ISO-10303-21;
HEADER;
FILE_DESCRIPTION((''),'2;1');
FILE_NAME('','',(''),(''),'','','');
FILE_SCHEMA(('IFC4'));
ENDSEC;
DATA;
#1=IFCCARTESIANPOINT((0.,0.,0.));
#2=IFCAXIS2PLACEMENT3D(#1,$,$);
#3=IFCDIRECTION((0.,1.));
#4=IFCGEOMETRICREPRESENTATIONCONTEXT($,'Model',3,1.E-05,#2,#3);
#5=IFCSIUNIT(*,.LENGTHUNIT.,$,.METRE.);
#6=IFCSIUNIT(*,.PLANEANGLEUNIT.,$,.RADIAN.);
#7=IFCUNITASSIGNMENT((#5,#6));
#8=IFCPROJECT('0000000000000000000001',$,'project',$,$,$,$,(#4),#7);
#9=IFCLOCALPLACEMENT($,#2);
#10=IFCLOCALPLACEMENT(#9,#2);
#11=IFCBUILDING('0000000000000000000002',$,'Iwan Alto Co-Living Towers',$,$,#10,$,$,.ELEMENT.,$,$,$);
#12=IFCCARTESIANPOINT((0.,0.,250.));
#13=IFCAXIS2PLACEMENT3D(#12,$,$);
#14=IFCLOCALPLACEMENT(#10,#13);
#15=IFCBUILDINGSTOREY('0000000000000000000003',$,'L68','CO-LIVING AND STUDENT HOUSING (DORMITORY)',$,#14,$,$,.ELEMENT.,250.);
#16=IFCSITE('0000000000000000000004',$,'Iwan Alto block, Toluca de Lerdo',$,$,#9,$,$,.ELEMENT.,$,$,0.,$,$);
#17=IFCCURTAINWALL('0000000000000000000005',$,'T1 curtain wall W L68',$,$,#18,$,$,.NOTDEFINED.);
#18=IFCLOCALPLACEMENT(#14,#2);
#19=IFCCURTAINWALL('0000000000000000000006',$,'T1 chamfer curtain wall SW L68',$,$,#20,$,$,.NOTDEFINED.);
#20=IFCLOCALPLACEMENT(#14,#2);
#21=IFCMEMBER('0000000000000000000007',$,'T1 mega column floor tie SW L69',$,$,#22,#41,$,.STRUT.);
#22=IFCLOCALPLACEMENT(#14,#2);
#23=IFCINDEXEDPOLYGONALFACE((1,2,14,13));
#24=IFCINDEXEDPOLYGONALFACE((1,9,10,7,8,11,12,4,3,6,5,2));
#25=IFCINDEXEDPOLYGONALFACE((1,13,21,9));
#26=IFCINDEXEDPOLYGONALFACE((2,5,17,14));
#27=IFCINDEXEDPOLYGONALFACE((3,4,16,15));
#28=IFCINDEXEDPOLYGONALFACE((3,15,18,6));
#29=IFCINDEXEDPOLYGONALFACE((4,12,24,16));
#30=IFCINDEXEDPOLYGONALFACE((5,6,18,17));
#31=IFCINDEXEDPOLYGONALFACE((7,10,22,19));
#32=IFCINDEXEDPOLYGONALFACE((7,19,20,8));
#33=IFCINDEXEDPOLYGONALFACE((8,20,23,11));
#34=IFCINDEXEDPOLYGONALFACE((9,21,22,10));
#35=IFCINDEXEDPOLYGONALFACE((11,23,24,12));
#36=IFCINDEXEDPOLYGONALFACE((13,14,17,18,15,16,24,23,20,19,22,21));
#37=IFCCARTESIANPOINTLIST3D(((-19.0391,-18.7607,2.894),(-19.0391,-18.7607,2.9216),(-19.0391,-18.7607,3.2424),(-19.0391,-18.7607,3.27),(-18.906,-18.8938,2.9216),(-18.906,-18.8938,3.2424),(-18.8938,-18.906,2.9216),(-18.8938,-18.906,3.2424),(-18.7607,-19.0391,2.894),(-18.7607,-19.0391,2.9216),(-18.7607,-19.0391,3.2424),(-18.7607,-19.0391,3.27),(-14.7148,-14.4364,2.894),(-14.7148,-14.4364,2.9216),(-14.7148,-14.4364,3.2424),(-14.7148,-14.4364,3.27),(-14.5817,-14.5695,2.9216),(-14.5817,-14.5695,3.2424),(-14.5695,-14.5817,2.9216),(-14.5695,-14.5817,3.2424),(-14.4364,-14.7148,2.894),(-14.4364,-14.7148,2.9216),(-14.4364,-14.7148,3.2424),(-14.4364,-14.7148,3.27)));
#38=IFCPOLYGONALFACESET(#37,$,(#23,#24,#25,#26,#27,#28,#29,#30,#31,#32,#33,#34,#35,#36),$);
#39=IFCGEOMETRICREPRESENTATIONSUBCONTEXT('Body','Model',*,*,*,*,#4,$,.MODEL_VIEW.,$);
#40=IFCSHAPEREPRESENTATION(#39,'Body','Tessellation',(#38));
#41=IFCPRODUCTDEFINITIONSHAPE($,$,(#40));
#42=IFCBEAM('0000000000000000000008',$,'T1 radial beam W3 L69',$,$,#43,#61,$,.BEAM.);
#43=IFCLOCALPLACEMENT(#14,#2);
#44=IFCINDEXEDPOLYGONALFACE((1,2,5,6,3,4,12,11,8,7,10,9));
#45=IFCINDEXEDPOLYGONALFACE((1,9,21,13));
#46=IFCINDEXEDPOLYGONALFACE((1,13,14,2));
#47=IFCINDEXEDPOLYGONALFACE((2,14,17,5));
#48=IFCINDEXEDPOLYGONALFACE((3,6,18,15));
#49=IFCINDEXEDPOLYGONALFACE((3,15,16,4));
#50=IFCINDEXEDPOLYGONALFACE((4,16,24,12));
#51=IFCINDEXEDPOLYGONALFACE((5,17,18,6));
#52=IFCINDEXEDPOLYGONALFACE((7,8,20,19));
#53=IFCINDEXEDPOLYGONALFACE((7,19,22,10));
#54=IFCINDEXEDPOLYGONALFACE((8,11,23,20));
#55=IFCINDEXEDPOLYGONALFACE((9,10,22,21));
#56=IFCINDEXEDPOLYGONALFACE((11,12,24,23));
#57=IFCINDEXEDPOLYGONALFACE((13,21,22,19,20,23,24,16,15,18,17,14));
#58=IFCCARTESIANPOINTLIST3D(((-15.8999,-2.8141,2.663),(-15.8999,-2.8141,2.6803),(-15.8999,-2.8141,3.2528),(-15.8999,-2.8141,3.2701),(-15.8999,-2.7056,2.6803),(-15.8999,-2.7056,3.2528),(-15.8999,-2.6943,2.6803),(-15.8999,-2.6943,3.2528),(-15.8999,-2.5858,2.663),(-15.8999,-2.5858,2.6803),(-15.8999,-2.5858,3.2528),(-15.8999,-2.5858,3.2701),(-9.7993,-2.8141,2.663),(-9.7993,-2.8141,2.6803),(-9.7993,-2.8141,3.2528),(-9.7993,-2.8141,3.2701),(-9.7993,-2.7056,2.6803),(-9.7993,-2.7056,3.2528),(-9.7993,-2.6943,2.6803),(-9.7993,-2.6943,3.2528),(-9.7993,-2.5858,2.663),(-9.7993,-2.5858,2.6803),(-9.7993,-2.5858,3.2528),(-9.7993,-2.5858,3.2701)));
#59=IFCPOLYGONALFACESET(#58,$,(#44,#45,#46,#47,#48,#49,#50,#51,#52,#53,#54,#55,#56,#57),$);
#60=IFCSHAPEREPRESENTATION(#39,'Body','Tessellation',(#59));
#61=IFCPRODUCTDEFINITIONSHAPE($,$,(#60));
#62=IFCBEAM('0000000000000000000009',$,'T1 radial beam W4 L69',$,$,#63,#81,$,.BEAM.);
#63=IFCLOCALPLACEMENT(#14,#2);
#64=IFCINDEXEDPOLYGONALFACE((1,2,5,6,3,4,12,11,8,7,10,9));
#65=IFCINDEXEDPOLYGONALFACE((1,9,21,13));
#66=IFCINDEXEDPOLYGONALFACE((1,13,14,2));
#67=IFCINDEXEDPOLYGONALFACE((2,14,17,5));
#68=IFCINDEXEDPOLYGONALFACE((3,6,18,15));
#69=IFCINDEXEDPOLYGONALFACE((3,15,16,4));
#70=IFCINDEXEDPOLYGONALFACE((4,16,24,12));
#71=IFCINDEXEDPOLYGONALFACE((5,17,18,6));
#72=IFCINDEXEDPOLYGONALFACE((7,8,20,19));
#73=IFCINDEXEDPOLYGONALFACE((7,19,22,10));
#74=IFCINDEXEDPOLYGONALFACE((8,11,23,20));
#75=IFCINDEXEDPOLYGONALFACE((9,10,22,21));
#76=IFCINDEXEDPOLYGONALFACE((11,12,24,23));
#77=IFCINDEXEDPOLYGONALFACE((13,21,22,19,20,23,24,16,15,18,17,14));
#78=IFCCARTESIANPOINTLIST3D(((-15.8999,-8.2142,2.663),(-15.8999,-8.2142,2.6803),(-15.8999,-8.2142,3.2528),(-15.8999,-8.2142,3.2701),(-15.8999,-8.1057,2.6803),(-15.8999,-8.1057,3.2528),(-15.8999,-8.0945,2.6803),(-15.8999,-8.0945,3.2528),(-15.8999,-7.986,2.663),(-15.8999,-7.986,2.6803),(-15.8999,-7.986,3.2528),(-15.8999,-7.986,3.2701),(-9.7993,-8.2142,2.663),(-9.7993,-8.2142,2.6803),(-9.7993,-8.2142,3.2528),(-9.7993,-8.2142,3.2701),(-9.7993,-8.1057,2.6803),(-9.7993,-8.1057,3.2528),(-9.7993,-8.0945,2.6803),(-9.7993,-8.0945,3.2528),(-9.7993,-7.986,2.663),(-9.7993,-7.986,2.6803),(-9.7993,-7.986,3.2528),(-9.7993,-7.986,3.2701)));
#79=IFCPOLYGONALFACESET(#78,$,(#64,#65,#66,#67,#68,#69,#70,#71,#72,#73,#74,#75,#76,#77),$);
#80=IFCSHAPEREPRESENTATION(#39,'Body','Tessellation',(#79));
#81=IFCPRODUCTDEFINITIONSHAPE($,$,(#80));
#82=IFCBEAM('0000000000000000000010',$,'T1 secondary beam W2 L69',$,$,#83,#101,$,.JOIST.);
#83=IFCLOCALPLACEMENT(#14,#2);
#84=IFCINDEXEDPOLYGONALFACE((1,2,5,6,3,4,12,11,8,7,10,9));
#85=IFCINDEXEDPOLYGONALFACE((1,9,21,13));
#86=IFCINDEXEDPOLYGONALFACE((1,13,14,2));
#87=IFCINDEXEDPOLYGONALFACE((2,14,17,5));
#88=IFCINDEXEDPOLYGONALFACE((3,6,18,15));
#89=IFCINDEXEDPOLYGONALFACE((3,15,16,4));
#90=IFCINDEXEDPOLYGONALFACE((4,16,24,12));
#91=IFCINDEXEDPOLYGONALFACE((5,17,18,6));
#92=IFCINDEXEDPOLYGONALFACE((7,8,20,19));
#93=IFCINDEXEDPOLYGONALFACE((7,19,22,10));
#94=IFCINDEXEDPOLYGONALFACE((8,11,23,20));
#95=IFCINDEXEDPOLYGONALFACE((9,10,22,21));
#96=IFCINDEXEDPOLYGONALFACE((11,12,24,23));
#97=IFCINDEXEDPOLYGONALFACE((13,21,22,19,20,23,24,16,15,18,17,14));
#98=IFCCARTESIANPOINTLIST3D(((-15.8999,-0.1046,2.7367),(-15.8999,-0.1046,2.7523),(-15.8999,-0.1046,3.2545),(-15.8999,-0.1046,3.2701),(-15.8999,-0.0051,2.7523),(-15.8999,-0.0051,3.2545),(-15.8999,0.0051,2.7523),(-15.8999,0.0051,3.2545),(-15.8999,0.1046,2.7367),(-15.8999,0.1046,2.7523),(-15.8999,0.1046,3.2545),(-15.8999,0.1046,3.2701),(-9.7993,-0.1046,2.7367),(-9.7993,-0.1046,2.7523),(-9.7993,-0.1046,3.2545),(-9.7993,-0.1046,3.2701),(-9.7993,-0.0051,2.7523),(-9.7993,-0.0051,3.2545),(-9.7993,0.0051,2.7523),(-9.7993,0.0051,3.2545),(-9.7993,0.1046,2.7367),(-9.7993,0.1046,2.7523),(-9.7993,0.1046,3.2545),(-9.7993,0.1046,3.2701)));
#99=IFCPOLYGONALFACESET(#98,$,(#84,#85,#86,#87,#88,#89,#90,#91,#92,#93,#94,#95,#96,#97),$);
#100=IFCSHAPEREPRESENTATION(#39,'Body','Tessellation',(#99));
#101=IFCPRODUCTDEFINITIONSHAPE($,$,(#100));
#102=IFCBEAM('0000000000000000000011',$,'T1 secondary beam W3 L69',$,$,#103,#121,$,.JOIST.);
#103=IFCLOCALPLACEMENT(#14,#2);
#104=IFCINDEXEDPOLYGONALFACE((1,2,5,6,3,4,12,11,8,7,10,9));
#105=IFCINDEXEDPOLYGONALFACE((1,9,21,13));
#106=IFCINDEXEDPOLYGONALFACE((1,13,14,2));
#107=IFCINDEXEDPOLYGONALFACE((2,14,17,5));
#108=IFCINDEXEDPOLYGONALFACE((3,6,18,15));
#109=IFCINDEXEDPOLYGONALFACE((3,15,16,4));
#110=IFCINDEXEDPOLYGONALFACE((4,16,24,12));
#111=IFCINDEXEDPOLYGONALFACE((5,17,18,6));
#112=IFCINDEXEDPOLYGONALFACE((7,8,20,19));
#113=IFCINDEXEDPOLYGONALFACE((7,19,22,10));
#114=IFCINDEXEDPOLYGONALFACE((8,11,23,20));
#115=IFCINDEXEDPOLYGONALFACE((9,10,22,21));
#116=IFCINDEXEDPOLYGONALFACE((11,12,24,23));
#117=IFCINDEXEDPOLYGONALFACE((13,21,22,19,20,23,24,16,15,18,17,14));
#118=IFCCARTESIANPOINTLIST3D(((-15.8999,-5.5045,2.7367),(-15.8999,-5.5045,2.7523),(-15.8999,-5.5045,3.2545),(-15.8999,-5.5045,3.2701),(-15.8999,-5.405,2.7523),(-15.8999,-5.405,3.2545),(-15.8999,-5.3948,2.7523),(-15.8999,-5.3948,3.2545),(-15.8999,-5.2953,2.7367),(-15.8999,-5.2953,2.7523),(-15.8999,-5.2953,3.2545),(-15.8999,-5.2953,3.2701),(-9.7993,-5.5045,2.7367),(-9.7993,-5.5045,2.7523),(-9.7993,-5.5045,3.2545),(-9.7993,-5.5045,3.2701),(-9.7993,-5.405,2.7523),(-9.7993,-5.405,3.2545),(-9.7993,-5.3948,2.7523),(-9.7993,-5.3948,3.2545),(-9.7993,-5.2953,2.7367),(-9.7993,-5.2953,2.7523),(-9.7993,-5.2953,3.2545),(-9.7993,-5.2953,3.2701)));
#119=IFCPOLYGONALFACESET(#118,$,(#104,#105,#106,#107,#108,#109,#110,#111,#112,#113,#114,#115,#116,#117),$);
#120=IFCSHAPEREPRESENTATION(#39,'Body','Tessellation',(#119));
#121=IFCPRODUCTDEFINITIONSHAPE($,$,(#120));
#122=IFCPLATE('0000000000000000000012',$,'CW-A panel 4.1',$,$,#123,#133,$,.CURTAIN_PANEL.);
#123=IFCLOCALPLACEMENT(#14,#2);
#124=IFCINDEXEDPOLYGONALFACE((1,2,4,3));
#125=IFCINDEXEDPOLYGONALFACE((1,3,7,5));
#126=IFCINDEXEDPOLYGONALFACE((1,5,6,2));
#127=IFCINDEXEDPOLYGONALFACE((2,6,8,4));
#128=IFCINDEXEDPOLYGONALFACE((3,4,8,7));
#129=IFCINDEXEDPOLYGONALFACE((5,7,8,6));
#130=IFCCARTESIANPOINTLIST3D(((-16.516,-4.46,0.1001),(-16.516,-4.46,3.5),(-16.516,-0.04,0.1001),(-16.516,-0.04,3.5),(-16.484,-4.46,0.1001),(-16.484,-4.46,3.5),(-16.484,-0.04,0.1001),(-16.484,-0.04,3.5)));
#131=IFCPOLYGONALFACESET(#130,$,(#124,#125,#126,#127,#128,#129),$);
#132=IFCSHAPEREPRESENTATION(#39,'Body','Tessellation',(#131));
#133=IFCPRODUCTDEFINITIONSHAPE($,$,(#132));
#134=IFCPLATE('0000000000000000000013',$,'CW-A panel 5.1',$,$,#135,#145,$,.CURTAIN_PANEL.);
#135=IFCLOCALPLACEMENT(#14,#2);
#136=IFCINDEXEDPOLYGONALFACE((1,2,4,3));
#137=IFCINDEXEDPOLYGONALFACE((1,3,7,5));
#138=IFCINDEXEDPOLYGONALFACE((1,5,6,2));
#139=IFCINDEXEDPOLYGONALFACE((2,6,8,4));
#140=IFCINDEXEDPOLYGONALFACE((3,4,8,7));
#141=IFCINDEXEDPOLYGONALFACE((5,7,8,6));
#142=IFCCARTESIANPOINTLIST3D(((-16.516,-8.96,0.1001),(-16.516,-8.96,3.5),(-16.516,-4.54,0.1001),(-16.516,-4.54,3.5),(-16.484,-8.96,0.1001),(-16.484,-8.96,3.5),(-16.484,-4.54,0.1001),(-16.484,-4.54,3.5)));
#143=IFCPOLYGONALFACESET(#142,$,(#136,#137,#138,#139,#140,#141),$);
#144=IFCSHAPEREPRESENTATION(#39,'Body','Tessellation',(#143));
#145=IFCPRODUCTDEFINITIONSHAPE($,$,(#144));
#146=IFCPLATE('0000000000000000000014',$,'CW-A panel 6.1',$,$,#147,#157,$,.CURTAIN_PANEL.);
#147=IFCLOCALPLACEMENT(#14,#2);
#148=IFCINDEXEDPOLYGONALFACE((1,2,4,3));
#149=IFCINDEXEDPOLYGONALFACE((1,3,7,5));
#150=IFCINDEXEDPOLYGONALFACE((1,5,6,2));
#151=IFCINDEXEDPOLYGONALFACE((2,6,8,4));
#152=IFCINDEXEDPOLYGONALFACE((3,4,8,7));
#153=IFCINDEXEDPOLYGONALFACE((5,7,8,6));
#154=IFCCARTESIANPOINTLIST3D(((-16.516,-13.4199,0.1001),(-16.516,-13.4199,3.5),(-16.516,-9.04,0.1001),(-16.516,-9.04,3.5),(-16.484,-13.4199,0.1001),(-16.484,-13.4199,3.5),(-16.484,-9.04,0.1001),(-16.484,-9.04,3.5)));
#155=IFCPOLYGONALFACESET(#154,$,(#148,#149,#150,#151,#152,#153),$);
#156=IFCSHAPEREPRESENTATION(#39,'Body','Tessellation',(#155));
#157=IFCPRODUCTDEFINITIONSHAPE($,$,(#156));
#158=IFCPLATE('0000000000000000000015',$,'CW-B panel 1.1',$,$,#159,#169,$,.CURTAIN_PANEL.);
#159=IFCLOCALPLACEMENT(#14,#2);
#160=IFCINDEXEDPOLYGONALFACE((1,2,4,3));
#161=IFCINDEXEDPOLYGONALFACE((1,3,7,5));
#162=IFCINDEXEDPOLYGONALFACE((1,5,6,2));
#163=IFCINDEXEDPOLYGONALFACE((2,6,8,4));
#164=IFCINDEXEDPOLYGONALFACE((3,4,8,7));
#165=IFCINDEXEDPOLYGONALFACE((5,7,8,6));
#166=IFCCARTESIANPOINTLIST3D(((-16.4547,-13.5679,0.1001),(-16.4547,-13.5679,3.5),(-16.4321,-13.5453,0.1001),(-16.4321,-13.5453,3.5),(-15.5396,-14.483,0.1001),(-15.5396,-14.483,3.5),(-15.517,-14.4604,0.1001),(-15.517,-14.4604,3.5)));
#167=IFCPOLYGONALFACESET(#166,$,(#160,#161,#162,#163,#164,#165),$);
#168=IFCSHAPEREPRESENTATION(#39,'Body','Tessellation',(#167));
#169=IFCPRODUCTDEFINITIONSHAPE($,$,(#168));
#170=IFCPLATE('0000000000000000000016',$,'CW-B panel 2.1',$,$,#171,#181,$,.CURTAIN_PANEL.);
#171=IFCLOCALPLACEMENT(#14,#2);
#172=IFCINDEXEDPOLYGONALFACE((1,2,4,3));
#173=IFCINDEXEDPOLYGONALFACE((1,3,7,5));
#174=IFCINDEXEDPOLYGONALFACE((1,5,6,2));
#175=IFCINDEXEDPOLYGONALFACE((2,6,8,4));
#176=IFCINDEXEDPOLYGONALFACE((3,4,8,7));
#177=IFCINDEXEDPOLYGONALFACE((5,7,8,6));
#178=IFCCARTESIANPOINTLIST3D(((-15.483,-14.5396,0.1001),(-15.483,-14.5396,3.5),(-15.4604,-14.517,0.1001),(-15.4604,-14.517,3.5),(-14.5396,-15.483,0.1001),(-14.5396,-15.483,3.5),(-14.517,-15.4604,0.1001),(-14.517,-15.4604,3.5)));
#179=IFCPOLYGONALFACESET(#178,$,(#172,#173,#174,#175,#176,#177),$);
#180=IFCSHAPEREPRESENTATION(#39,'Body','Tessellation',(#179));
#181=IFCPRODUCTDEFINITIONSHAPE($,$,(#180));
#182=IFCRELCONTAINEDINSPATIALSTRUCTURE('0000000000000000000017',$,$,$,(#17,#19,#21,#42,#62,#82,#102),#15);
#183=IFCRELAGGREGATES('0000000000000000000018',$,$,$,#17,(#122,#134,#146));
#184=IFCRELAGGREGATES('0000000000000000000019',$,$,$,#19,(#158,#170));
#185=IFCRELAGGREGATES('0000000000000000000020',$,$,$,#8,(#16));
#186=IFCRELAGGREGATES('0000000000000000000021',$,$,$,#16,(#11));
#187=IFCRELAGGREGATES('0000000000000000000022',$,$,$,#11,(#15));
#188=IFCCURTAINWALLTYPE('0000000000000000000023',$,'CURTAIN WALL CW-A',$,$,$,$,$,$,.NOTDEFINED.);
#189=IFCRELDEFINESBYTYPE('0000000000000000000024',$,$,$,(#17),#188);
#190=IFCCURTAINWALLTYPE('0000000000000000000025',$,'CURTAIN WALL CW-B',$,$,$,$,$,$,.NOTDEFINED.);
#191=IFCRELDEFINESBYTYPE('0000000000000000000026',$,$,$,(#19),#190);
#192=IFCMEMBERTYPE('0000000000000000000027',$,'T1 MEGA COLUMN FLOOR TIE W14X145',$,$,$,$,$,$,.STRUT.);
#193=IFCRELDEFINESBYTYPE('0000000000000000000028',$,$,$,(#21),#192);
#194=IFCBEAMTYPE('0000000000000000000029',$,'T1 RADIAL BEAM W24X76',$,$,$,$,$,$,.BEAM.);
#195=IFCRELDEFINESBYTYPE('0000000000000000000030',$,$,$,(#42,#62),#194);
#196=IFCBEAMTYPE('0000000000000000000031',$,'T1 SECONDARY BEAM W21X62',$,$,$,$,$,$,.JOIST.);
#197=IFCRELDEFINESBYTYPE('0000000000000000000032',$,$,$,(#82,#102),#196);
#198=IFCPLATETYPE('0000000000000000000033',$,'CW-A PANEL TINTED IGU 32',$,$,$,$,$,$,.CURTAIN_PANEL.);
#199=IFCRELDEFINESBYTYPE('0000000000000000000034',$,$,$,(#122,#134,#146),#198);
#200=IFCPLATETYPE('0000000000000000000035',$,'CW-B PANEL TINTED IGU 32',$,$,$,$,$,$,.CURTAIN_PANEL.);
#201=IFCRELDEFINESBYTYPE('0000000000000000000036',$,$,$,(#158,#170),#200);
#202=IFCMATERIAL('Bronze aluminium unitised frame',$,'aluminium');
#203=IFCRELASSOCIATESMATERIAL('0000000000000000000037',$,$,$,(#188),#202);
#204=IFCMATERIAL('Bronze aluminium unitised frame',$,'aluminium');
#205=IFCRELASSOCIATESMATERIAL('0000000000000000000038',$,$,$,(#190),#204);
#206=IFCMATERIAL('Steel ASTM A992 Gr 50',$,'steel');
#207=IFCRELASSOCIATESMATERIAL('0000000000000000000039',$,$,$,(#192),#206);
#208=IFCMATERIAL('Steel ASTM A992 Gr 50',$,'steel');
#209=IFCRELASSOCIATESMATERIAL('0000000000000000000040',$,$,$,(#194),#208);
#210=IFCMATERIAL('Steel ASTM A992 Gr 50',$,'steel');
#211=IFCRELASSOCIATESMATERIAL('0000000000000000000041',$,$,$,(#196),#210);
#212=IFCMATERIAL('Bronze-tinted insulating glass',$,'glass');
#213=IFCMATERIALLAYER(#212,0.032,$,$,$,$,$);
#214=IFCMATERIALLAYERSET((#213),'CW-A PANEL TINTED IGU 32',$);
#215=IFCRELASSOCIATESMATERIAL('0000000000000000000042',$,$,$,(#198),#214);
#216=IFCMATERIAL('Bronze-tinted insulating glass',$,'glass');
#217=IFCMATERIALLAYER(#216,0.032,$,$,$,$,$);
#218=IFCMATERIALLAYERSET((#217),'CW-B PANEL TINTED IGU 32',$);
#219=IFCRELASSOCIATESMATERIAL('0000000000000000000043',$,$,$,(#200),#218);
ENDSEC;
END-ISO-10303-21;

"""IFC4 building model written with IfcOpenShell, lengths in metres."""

from ifc_helpers import new_model, si_unit, direction, frame, origin, origin_2d, place, context, subcontext, project, spatial, rectangle, i_section, extrude, material, layer, layer_set, material_profile, profile_set, type_object, element, aggregate, save


model = new_model("IFC4")

# Units and contexts
model_context = context("Model", 3, precision=1e-05, world=origin(), true_north=direction((0.0, 1.0)))
body_context = subcontext(model_context, "Body", "Model", "MODEL_VIEW")
ifc_project = project(units=[si_unit("LENGTHUNIT", "METRE"), si_unit("PLANEANGLEUNIT", "RADIAN")], contexts=[model_context])

# Site, building, storey
site_placement = place(None, origin())
site = spatial("IfcSite", under=ifc_project, at=site_placement, Name="Iwan Alto block, Toluca de Lerdo", CompositionType="ELEMENT", RefElevation=0.0)
building_placement = place(site_placement, origin())
building = spatial("IfcBuilding", under=site, at=building_placement, Name="Iwan Alto Co-Living Towers", CompositionType="ELEMENT")
storey_placement = place(building_placement, frame((0.0, 0.0, 250.0)))
storey = spatial("IfcBuildingStorey", under=building, at=storey_placement, Name="L68", Description="CO-LIVING AND STUDENT HOUSING (DORMITORY)", CompositionType="ELEMENT", Elevation=250.0)

# Curtain walls
ifc_material_1 = material(Name="Bronze aluminium unitised frame", Category="aluminium")
curtain_wall_type_1 = type_object("IfcCurtainWallType", Name="CURTAIN WALL CW-A", PredefinedType="NOTDEFINED", material=ifc_material_1)
curtain_wall_1_placement = place(storey_placement, origin())
curtain_wall_1 = element("IfcCurtainWall", 1, at=curtain_wall_1_placement, inside=storey, type_object=curtain_wall_type_1, Name="T1 curtain wall W L68", PredefinedType="NOTDEFINED")
ifc_material_2 = material(Name="Bronze aluminium unitised frame", Category="aluminium")
curtain_wall_type_2 = type_object("IfcCurtainWallType", Name="CURTAIN WALL CW-B", PredefinedType="NOTDEFINED", material=ifc_material_2)
curtain_wall_2_placement = place(storey_placement, origin())
curtain_wall_2 = element("IfcCurtainWall", 2, at=curtain_wall_2_placement, inside=storey, type_object=curtain_wall_type_2, Name="T1 chamfer curtain wall SW L68", PredefinedType="NOTDEFINED")

# Member
ifc_material_3 = material(Name="Steel ASTM A992 Gr 50", Category="steel")
ifc_material_profile_1 = material_profile(ifc_material_3, i_section(OverallWidth=0.3938, OverallDepth=0.376, WebThickness=0.0173, FlangeThickness=0.0276, at=origin_2d()), Name="W14X145")
ifc_profile_set_1 = profile_set([ifc_material_profile_1], Name="Steel ASTM A992 Gr 50")
member_type_1 = type_object("IfcMemberType", Name="T1 MEGA COLUMN FLOOR TIE W14X145", PredefinedType="STRUT", material=ifc_profile_set_1)
member_1_placement = place(storey_placement, frame((-18.8999, -18.8999, 3.082), z_axis=(0.707107, 0.707107, 0.0), x_axis=(-0.707107, 0.707107, 0.0)))
element("IfcMember", 3, at=member_1_placement, inside=storey, type_object=member_type_1, Name="T1 mega column floor tie SW L69", PredefinedType="STRUT", context=body_context, shape_type="SweptSolid", body=[
    extrude(i_section(OverallWidth=0.3938, OverallDepth=0.376, WebThickness=0.0173, FlangeThickness=0.0276, at=origin_2d()), origin(), (0.0, 0.0, 1.0), 6.1155),
])

# Beams
ifc_material_4 = material(Name="Steel ASTM A992 Gr 50", Category="steel")
ifc_material_profile_2 = material_profile(ifc_material_4, i_section(OverallWidth=0.2283, OverallDepth=0.6072, WebThickness=0.0112, FlangeThickness=0.0173, at=origin_2d()), Name="W24X76")
ifc_profile_set_2 = profile_set([ifc_material_profile_2], Name="Steel ASTM A992 Gr 50")
beam_type_1 = type_object("IfcBeamType", Name="T1 RADIAL BEAM W24X76", PredefinedType="BEAM", material=ifc_profile_set_2)
for number, where, z_axis, x_axis, name in (
    (4, (-15.8999, -2.7, 2.9666), (1.0, 0.0, 0.0), (0.0, 1.0, 0.0), "T1 radial beam W3 L69"),
    (5, (-15.8999, -8.1001, 2.9666), (1.0, 0.0, 0.0), (0.0, 1.0, 0.0), "T1 radial beam W4 L69"),
):
    element("IfcBeam", number, at=place(storey_placement, frame(where, z_axis=z_axis, x_axis=x_axis)), inside=storey, type_object=beam_type_1, Name=name, PredefinedType="BEAM", context=body_context, shape_type="SweptSolid", body=[
        extrude(i_section(OverallWidth=0.2283, OverallDepth=0.6072, WebThickness=0.0112, FlangeThickness=0.0173, at=origin_2d()), origin(), (0.0, 0.0, 1.0), 6.1006),
    ])
ifc_material_5 = material(Name="Steel ASTM A992 Gr 50", Category="steel")
ifc_material_profile_3 = material_profile(ifc_material_5, i_section(OverallWidth=0.2092, OverallDepth=0.5334, WebThickness=0.0103, FlangeThickness=0.0156, at=origin_2d()), Name="W21X62")
ifc_profile_set_3 = profile_set([ifc_material_profile_3], Name="Steel ASTM A992 Gr 50")
beam_type_2 = type_object("IfcBeamType", Name="T1 SECONDARY BEAM W21X62", PredefinedType="JOIST", material=ifc_profile_set_3)
for number, where, z_axis, x_axis, name in (
    (6, (-15.8999, 0.0, 3.0034), (1.0, 0.0, 0.0), (0.0, 1.0, 0.0), "T1 secondary beam W2 L69"),
    (7, (-15.8999, -5.3999, 3.0034), (1.0, 0.0, 0.0), (0.0, 1.0, 0.0), "T1 secondary beam W3 L69"),
):
    element("IfcBeam", number, at=place(storey_placement, frame(where, z_axis=z_axis, x_axis=x_axis)), inside=storey, type_object=beam_type_2, Name=name, PredefinedType="JOIST", context=body_context, shape_type="SweptSolid", body=[
        extrude(i_section(OverallWidth=0.2092, OverallDepth=0.5334, WebThickness=0.0103, FlangeThickness=0.0156, at=origin_2d()), origin(), (0.0, 0.0, 1.0), 6.1006),
    ])

# Plates
ifc_material_6 = material(Name="Bronze-tinted insulating glass", Category="glass")
ifc_layer_1 = layer(ifc_material_6, 0.032)
ifc_layer_set_1 = layer_set([ifc_layer_1], Name="CW-A PANEL TINTED IGU 32")
plate_type_1 = type_object("IfcPlateType", Name="CW-A PANEL TINTED IGU 32", PredefinedType="CURTAIN_PANEL", material=ifc_layer_set_1)
plate_1_placement = place(storey_placement, frame((-16.5, -2.25, 0.1001), z_axis=(0.0, 0.0, 1.0), x_axis=(0.0, -1.0, 0.0)))
plate_1 = element("IfcPlate", 8, at=plate_1_placement, type_object=plate_type_1, Name="CW-A panel 4.1", PredefinedType="CURTAIN_PANEL", context=body_context, shape_type="SweptSolid", body=[
    extrude(rectangle(XDim=4.4199, YDim=0.032, at=origin_2d()), origin(), (0.0, 0.0, 1.0), 3.3999),
])
plate_2_placement = place(storey_placement, frame((-16.5, -6.75, 0.1001), z_axis=(0.0, 0.0, 1.0), x_axis=(0.0, -1.0, 0.0)))
plate_2 = element("IfcPlate", 9, at=plate_2_placement, type_object=plate_type_1, Name="CW-A panel 5.1", PredefinedType="CURTAIN_PANEL", context=body_context, shape_type="SweptSolid", body=[
    extrude(rectangle(XDim=4.4199, YDim=0.032, at=origin_2d()), origin(), (0.0, 0.0, 1.0), 3.3999),
])
plate_3_placement = place(storey_placement, frame((-16.5, -11.23, 0.1001), z_axis=(0.0, 0.0, 1.0), x_axis=(0.0, -1.0, 0.0)))
plate_3 = element("IfcPlate", 10, at=plate_3_placement, type_object=plate_type_1, Name="CW-A panel 6.1", PredefinedType="CURTAIN_PANEL", context=body_context, shape_type="SweptSolid", body=[
    extrude(rectangle(XDim=4.3799, YDim=0.032, at=origin_2d()), origin(), (0.0, 0.0, 1.0), 3.3999),
])
aggregate(curtain_wall_1, [plate_1, plate_2, plate_3])
ifc_material_7 = material(Name="Bronze-tinted insulating glass", Category="glass")
ifc_layer_2 = layer(ifc_material_7, 0.032)
ifc_layer_set_2 = layer_set([ifc_layer_2], Name="CW-B PANEL TINTED IGU 32")
plate_type_2 = type_object("IfcPlateType", Name="CW-B PANEL TINTED IGU 32", PredefinedType="CURTAIN_PANEL", material=ifc_layer_set_2)
plate_4_placement = place(storey_placement, frame((-15.9858, -14.0142, 0.1001), z_axis=(0.0, 0.0, 1.0), x_axis=(0.707107, -0.707107, 0.0)))
plate_4 = element("IfcPlate", 11, at=plate_4_placement, type_object=plate_type_2, Name="CW-B panel 1.1", PredefinedType="CURTAIN_PANEL", context=body_context, shape_type="SweptSolid", body=[
    extrude(rectangle(XDim=1.2942, YDim=0.032, at=origin_2d()), origin(), (0.0, 0.0, 1.0), 3.3999),
])
plate_5_placement = place(storey_placement, frame((-15.0, -15.0, 0.1001), z_axis=(0.0, 0.0, 1.0), x_axis=(0.707107, -0.707107, 0.0)))
plate_5 = element("IfcPlate", 12, at=plate_5_placement, type_object=plate_type_2, Name="CW-B panel 2.1", PredefinedType="CURTAIN_PANEL", context=body_context, shape_type="SweptSolid", body=[
    extrude(rectangle(XDim=1.3342, YDim=0.032, at=origin_2d()), origin(), (0.0, 0.0, 1.0), 3.3999),
])
aggregate(curtain_wall_2, [plate_4, plate_5])

save(model, "model.ifc")
